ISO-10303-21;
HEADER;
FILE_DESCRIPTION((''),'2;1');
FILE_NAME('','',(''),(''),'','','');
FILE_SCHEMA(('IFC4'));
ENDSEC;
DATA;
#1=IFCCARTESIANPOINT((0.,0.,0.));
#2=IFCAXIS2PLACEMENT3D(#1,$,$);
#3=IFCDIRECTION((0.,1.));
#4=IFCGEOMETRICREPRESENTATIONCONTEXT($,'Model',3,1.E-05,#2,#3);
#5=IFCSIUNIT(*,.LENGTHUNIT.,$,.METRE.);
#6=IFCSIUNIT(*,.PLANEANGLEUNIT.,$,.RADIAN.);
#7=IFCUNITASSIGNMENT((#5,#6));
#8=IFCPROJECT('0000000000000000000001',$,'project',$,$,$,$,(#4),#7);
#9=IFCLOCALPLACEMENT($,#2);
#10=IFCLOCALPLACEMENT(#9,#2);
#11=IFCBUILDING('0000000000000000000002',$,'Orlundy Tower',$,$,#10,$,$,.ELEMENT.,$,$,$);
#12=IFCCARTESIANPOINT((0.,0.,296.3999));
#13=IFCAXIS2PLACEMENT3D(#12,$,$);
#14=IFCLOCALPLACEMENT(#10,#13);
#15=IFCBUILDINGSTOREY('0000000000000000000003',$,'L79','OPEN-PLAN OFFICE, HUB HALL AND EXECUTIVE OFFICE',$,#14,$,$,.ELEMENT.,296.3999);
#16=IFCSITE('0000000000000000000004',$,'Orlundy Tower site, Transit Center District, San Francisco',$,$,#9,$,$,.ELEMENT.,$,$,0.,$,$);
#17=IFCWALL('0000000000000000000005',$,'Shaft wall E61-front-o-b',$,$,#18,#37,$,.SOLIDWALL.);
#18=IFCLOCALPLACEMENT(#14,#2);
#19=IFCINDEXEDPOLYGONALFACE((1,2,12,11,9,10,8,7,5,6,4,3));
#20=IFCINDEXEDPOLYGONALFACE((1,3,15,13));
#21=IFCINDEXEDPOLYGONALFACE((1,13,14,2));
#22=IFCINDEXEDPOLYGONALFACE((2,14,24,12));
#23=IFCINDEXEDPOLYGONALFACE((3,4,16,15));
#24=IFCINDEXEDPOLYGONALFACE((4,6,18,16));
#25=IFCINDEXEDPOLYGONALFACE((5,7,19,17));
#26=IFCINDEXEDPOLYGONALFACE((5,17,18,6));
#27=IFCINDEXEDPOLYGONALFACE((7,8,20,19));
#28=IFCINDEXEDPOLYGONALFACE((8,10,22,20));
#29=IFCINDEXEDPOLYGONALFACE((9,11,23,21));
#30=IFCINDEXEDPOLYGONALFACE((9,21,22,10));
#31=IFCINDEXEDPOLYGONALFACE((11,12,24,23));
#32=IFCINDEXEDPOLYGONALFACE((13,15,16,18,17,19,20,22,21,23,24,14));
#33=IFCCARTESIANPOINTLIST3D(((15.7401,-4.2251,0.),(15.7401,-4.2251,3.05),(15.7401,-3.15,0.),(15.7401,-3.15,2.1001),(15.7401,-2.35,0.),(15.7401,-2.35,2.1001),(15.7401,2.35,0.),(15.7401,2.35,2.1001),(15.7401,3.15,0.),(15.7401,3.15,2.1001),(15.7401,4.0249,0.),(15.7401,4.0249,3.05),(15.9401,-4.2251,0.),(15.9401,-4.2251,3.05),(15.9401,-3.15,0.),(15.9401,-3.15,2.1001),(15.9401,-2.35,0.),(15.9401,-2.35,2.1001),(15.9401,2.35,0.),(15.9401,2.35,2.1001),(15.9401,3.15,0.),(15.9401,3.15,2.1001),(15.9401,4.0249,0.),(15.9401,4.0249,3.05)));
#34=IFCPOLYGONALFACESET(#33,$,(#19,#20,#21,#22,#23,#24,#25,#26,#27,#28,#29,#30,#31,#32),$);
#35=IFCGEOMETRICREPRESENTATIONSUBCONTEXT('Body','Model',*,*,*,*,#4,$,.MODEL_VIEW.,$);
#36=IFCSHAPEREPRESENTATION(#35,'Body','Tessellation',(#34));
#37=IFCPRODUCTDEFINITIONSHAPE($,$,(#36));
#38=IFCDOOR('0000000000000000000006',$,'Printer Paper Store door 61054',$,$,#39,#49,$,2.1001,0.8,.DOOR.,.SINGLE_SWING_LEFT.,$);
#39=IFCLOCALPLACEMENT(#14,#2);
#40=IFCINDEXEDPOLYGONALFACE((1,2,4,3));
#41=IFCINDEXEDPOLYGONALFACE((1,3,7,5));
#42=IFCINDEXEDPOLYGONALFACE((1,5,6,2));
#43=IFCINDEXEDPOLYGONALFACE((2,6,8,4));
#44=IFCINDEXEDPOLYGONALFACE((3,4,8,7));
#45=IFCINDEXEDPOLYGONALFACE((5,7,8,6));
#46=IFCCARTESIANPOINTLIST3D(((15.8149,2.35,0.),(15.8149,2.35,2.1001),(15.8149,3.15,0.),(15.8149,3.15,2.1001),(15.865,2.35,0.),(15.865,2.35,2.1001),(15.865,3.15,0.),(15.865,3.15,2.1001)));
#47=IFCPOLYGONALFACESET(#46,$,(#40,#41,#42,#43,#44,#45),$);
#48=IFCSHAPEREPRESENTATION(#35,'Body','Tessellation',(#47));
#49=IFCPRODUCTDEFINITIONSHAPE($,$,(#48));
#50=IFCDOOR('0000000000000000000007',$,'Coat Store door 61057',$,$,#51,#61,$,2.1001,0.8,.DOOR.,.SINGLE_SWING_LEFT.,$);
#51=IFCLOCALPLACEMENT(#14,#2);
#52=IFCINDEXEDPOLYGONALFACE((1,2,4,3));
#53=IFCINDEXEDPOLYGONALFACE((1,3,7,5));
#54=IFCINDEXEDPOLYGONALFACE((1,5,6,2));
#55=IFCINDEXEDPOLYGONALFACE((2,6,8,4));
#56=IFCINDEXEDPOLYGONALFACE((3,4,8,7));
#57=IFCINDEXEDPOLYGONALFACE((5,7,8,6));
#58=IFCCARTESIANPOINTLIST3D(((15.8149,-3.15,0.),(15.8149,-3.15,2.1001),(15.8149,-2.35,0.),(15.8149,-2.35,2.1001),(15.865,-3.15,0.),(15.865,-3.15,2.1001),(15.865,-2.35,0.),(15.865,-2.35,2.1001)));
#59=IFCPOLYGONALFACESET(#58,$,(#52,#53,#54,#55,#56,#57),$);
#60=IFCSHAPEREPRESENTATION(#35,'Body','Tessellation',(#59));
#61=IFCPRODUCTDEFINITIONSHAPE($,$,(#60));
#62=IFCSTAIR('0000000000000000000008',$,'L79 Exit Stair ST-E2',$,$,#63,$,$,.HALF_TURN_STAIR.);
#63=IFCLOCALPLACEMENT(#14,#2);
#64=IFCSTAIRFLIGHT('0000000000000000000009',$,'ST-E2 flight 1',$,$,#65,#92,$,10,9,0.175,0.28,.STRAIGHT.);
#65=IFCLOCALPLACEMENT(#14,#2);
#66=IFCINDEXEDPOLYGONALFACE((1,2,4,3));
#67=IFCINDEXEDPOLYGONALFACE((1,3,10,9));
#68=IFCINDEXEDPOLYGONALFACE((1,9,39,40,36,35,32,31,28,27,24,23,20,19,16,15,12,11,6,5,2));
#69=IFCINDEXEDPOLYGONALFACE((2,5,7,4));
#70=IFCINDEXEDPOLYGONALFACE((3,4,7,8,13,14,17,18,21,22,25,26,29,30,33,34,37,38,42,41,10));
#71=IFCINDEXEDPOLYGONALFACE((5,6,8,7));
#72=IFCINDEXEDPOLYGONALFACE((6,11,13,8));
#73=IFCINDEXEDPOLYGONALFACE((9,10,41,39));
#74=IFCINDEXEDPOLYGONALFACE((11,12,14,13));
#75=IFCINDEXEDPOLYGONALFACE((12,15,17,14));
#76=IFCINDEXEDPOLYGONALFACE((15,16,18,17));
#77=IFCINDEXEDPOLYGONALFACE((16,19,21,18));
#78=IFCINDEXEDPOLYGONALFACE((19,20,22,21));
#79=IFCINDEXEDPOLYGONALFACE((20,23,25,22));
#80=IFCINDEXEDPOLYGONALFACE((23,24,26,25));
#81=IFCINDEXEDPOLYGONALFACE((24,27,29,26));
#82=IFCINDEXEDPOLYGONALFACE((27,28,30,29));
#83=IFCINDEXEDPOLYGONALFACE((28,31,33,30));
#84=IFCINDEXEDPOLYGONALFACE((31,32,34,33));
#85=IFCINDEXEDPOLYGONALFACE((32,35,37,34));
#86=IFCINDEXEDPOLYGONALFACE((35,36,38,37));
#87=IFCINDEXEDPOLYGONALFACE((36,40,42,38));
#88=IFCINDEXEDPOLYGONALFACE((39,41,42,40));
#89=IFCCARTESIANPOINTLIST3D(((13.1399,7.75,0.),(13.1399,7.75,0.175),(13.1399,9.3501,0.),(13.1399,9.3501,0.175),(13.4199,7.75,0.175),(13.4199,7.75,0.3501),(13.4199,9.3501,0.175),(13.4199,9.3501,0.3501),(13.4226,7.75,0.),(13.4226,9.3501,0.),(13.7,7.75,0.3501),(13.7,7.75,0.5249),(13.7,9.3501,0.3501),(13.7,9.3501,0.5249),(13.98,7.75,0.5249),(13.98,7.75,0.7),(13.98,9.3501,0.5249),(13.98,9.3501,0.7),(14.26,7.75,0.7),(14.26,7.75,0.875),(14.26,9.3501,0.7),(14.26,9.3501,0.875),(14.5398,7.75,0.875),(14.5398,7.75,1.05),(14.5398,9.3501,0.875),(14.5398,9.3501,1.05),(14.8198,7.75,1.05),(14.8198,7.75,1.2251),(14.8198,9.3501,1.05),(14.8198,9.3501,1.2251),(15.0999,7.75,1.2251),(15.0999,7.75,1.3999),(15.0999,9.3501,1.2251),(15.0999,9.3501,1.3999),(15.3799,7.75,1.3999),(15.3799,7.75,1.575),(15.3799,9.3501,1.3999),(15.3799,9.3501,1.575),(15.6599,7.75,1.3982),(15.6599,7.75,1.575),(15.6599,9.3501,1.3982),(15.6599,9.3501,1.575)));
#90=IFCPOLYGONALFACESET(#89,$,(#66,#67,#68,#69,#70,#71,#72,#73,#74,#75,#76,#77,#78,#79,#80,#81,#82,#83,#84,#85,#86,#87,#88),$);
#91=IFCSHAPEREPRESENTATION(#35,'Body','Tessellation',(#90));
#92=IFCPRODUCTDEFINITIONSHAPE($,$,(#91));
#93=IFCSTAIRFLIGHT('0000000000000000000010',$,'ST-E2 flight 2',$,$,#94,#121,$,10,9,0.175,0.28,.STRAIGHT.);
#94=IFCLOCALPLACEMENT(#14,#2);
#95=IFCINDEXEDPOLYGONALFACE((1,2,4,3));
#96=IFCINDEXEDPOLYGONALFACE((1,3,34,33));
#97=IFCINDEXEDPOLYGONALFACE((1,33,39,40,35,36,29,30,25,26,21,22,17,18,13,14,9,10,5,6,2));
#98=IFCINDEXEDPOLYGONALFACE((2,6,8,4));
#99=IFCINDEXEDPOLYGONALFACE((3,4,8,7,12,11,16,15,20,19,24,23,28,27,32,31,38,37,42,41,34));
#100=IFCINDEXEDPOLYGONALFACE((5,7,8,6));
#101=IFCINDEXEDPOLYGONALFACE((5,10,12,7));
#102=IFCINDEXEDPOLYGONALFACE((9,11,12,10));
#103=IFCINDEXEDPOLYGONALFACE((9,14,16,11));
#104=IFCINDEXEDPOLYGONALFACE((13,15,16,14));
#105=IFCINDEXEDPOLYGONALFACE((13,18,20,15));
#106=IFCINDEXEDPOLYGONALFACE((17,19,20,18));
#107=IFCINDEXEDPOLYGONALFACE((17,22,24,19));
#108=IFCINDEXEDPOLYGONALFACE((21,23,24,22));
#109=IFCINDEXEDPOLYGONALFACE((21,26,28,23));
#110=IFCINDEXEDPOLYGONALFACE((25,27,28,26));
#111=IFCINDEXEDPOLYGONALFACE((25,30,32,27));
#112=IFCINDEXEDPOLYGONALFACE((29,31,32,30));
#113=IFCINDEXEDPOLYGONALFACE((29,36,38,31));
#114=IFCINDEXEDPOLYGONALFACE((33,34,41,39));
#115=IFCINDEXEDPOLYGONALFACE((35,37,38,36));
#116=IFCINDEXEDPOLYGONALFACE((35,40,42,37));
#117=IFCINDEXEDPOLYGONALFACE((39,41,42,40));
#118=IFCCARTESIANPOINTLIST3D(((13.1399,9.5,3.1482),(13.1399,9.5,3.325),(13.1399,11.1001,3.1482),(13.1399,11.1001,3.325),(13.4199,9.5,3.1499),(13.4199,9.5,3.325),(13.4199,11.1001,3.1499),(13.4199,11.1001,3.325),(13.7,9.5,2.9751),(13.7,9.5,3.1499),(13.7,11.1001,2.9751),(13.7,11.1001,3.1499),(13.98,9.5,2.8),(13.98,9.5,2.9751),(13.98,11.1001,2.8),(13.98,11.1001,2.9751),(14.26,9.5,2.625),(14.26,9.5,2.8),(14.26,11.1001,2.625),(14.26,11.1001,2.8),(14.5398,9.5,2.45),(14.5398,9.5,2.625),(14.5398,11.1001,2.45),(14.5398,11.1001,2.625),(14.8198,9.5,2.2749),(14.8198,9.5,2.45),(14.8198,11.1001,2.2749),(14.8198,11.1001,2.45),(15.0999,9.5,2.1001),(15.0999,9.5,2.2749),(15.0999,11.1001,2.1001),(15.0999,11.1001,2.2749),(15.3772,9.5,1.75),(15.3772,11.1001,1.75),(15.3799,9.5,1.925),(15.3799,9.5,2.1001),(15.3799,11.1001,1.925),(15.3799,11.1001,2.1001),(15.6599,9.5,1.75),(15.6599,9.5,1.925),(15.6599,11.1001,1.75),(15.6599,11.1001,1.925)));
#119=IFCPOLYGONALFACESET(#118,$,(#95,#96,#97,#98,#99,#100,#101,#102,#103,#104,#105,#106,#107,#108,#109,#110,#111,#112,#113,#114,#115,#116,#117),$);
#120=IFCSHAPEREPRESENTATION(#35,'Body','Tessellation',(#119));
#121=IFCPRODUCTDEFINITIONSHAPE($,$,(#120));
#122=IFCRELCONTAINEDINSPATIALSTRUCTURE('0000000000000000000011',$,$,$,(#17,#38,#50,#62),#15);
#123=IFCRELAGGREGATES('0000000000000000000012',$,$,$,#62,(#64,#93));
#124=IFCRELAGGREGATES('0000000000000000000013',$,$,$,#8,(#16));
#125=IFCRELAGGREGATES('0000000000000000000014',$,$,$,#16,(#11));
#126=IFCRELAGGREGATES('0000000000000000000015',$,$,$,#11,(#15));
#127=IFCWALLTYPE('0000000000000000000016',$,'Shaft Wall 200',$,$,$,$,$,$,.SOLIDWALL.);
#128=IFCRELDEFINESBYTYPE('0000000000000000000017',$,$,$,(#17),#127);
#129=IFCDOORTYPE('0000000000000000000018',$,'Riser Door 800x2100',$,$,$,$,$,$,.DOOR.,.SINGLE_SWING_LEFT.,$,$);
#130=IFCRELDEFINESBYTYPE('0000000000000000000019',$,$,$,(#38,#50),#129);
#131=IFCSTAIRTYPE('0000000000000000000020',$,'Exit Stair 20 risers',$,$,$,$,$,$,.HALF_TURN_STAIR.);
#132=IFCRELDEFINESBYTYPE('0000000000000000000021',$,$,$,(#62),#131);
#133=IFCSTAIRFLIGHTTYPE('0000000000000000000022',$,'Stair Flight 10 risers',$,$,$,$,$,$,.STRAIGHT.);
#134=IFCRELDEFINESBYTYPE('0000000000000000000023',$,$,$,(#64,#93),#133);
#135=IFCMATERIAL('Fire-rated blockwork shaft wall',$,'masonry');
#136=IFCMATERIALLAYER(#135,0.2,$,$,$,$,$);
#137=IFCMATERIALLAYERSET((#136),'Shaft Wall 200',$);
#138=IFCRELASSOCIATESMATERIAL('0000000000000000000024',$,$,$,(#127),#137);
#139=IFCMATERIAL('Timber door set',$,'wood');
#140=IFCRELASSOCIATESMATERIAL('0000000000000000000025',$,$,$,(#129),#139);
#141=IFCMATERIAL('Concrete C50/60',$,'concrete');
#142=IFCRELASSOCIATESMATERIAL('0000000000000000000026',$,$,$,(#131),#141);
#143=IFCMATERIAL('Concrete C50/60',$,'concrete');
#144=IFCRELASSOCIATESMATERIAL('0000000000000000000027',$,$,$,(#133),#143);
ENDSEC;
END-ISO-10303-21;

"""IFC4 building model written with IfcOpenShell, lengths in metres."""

from ifc_helpers import new_model, si_unit, direction, frame, frame_2d, origin, place, context, subcontext, project, spatial, polyline, rectangle, outline, extrude, material, layer, layer_set, type_object, element, fill, aggregate, save


model = new_model("IFC4")

# Units and contexts
model_context = context("Model", 3, precision=1e-05, world=origin(), true_north=direction((0.0, 1.0)))
body_context = subcontext(model_context, "Body", "Model", "MODEL_VIEW")
ifc_project = project(units=[si_unit("LENGTHUNIT", "METRE"), si_unit("PLANEANGLEUNIT", "RADIAN")], contexts=[model_context])

# Site, building, storey
site_placement = place(None, origin())
site = spatial("IfcSite", under=ifc_project, at=site_placement, Name="Orlundy Tower site, Transit Center District, San Francisco", CompositionType="ELEMENT", RefElevation=0.0)
building_placement = place(site_placement, origin())
building = spatial("IfcBuilding", under=site, at=building_placement, Name="Orlundy Tower", CompositionType="ELEMENT")
storey_placement = place(building_placement, frame((0.0, 0.0, 296.3999)))
storey = spatial("IfcBuildingStorey", under=building, at=storey_placement, Name="L79", Description="OPEN-PLAN OFFICE, HUB HALL AND EXECUTIVE OFFICE", CompositionType="ELEMENT", Elevation=296.3999)

# Shared definitions
ifc_material_1 = material(Name="Fire-rated blockwork shaft wall", Category="masonry")
ifc_layer_1 = layer(ifc_material_1, 0.2)
ifc_layer_set_1 = layer_set([ifc_layer_1], Name="Shaft Wall 200")
wall_type_1 = type_object("IfcWallType", Name="Shaft Wall 200", PredefinedType="SOLIDWALL", material=ifc_layer_set_1)

# Shared definitions
ifc_material_2 = material(Name="Timber door set", Category="wood")
door_type_1 = type_object("IfcDoorType", Name="Riser Door 800x2100", OperationType="SINGLE_SWING_LEFT", PredefinedType="DOOR", material=ifc_material_2)

# Wall, openings, doors
wall_1_placement = place(storey_placement, frame((15.8401, 4.0249, 0.0), z_axis=(0.0, 0.0, 1.0), x_axis=(0.0, -1.0, 0.0)))
wall_1 = element("IfcWall", 1, at=wall_1_placement, inside=storey, type_object=wall_type_1, Name="Shaft wall E61-front-o-b", PredefinedType="SOLIDWALL", context=body_context, shape_type="SweptSolid", body=[
    extrude(rectangle(XDim=8.25, YDim=0.2, at=frame_2d((4.125, 0.0))), origin(), (0.0, 0.0, 1.0), 3.05),
])
opening_1_placement = place(wall_1_placement, frame((0.875, 0.0, 0.0)))
opening_1 = element("IfcOpeningElement", 2, at=opening_1_placement, cuts=wall_1, PredefinedType="OPENING", context=body_context, shape_type="SweptSolid", body=[
    extrude(rectangle(XDim=0.8, YDim=2.1001, at=frame_2d((0.3999, 1.05))), frame((0.0, 0.1101, 0.0), z_axis=(0.0, -1.0, 0.0), x_axis=(1.0, 0.0, 0.0)), (0.0, 0.0, 1.0), 0.2202),
])
opening_2_placement = place(wall_1_placement, frame((6.375, 0.0, 0.0)))
opening_2 = element("IfcOpeningElement", 3, at=opening_2_placement, cuts=wall_1, PredefinedType="OPENING", context=body_context, shape_type="SweptSolid", body=[
    extrude(rectangle(XDim=0.8, YDim=2.1001, at=frame_2d((0.3999, 1.05))), frame((0.0, 0.1101, 0.0), z_axis=(0.0, -1.0, 0.0), x_axis=(1.0, 0.0, 0.0)), (0.0, 0.0, 1.0), 0.2202),
])
door_1_placement = place(opening_1_placement, origin())
door_1 = element("IfcDoor", 4, at=door_1_placement, inside=storey, type_object=door_type_1, Name="Printer Paper Store door 61054", OperationType="SINGLE_SWING_LEFT", OverallHeight=2.1001, OverallWidth=0.8, PredefinedType="DOOR", context=body_context, shape_type="SweptSolid", body=[
    extrude(rectangle(XDim=0.8, YDim=2.1001, at=frame_2d((0.3999, 1.05))), frame((0.0, 0.0249, 0.0), z_axis=(0.0, -1.0, 0.0), x_axis=(1.0, 0.0, 0.0)), (0.0, 0.0, 1.0), 0.05),
])
fill(opening_1, door_1)
door_2_placement = place(opening_2_placement, origin())
door_2 = element("IfcDoor", 5, at=door_2_placement, inside=storey, type_object=door_type_1, Name="Coat Store door 61057", OperationType="SINGLE_SWING_LEFT", OverallHeight=2.1001, OverallWidth=0.8, PredefinedType="DOOR", context=body_context, shape_type="SweptSolid", body=[
    extrude(rectangle(XDim=0.8, YDim=2.1001, at=frame_2d((0.3999, 1.05))), frame((0.0, 0.0249, 0.0), z_axis=(0.0, -1.0, 0.0), x_axis=(1.0, 0.0, 0.0)), (0.0, 0.0, 1.0), 0.05),
])
fill(opening_2, door_2)

# Stair, stair flights
ifc_material_3 = material(Name="Concrete C50/60", Category="concrete")
stair_type = type_object("IfcStairType", Name="Exit Stair 20 risers", PredefinedType="HALF_TURN_STAIR", material=ifc_material_3)
stair_placement = place(storey_placement, origin())
stair = element("IfcStair", 6, at=stair_placement, inside=storey, type_object=stair_type, Name="L79 Exit Stair ST-E2", PredefinedType="HALF_TURN_STAIR")
ifc_material_4 = material(Name="Concrete C50/60", Category="concrete")
stair_flight_type = type_object("IfcStairFlightType", Name="Stair Flight 10 risers", PredefinedType="STRAIGHT", material=ifc_material_4)
stair_flight_1_placement = place(storey_placement, frame((13.1399, 8.55, 0.0), z_axis=(0.0, 0.0, 1.0), x_axis=(1.0, 0.0, 0.0)))
stair_flight_1 = element("IfcStairFlight", 7, at=stair_flight_1_placement, type_object=stair_flight_type, Name="ST-E2 flight 1", NumberOfRisers=10, NumberOfTreads=9, PredefinedType="STRAIGHT", RiserHeight=0.175, TreadLength=0.28, context=body_context, shape_type="SweptSolid", body=[
    extrude(outline(polyline([(0.0, 0.0), (0.0, 0.175), (0.28, 0.175), (0.28, 0.3501), (0.5601, 0.3501), (0.5601, 0.5249), (0.8401, 0.5249), (0.8401, 0.7), (1.1201, 0.7), (1.1201, 0.875), (1.3999, 0.875), (1.3999, 1.05), (1.6799, 1.05), (1.6799, 1.2251), (1.96, 1.2251), (1.96, 1.3999), (2.24, 1.3999), (2.24, 1.575), (2.52, 1.575), (2.52, 1.75), (2.52, 1.3982), (0.2827, 0.0), (0.0, 0.0)])), frame((0.0, 0.8, 0.0), z_axis=(0.0, -1.0, 0.0), x_axis=(1.0, 0.0, 0.0)), (0.0, 0.0, 1.0), 1.6001),
])
stair_flight_2_placement = place(storey_placement, frame((15.6599, 10.3, 1.75), z_axis=(0.0, 0.0, 1.0), x_axis=(-1.0, 0.0, 0.0)))
stair_flight_2 = element("IfcStairFlight", 8, at=stair_flight_2_placement, type_object=stair_flight_type, Name="ST-E2 flight 2", NumberOfRisers=10, NumberOfTreads=9, PredefinedType="STRAIGHT", RiserHeight=0.175, TreadLength=0.28, context=body_context, shape_type="SweptSolid", body=[
    extrude(outline(polyline([(0.0, 0.0), (0.0, 0.175), (0.28, 0.175), (0.28, 0.3501), (0.5601, 0.3501), (0.5601, 0.5249), (0.8401, 0.5249), (0.8401, 0.7), (1.1201, 0.7), (1.1201, 0.875), (1.3999, 0.875), (1.3999, 1.05), (1.6799, 1.05), (1.6799, 1.2251), (1.96, 1.2251), (1.96, 1.3999), (2.24, 1.3999), (2.24, 1.575), (2.52, 1.575), (2.52, 1.75), (2.52, 1.3982), (0.2827, 0.0), (0.0, 0.0)])), frame((0.0, 0.8, 0.0), z_axis=(0.0, -1.0, 0.0), x_axis=(1.0, 0.0, 0.0)), (0.0, 0.0, 1.0), 1.6001),
])
aggregate(stair, [stair_flight_1, stair_flight_2])

save(model, "model.ifc")
